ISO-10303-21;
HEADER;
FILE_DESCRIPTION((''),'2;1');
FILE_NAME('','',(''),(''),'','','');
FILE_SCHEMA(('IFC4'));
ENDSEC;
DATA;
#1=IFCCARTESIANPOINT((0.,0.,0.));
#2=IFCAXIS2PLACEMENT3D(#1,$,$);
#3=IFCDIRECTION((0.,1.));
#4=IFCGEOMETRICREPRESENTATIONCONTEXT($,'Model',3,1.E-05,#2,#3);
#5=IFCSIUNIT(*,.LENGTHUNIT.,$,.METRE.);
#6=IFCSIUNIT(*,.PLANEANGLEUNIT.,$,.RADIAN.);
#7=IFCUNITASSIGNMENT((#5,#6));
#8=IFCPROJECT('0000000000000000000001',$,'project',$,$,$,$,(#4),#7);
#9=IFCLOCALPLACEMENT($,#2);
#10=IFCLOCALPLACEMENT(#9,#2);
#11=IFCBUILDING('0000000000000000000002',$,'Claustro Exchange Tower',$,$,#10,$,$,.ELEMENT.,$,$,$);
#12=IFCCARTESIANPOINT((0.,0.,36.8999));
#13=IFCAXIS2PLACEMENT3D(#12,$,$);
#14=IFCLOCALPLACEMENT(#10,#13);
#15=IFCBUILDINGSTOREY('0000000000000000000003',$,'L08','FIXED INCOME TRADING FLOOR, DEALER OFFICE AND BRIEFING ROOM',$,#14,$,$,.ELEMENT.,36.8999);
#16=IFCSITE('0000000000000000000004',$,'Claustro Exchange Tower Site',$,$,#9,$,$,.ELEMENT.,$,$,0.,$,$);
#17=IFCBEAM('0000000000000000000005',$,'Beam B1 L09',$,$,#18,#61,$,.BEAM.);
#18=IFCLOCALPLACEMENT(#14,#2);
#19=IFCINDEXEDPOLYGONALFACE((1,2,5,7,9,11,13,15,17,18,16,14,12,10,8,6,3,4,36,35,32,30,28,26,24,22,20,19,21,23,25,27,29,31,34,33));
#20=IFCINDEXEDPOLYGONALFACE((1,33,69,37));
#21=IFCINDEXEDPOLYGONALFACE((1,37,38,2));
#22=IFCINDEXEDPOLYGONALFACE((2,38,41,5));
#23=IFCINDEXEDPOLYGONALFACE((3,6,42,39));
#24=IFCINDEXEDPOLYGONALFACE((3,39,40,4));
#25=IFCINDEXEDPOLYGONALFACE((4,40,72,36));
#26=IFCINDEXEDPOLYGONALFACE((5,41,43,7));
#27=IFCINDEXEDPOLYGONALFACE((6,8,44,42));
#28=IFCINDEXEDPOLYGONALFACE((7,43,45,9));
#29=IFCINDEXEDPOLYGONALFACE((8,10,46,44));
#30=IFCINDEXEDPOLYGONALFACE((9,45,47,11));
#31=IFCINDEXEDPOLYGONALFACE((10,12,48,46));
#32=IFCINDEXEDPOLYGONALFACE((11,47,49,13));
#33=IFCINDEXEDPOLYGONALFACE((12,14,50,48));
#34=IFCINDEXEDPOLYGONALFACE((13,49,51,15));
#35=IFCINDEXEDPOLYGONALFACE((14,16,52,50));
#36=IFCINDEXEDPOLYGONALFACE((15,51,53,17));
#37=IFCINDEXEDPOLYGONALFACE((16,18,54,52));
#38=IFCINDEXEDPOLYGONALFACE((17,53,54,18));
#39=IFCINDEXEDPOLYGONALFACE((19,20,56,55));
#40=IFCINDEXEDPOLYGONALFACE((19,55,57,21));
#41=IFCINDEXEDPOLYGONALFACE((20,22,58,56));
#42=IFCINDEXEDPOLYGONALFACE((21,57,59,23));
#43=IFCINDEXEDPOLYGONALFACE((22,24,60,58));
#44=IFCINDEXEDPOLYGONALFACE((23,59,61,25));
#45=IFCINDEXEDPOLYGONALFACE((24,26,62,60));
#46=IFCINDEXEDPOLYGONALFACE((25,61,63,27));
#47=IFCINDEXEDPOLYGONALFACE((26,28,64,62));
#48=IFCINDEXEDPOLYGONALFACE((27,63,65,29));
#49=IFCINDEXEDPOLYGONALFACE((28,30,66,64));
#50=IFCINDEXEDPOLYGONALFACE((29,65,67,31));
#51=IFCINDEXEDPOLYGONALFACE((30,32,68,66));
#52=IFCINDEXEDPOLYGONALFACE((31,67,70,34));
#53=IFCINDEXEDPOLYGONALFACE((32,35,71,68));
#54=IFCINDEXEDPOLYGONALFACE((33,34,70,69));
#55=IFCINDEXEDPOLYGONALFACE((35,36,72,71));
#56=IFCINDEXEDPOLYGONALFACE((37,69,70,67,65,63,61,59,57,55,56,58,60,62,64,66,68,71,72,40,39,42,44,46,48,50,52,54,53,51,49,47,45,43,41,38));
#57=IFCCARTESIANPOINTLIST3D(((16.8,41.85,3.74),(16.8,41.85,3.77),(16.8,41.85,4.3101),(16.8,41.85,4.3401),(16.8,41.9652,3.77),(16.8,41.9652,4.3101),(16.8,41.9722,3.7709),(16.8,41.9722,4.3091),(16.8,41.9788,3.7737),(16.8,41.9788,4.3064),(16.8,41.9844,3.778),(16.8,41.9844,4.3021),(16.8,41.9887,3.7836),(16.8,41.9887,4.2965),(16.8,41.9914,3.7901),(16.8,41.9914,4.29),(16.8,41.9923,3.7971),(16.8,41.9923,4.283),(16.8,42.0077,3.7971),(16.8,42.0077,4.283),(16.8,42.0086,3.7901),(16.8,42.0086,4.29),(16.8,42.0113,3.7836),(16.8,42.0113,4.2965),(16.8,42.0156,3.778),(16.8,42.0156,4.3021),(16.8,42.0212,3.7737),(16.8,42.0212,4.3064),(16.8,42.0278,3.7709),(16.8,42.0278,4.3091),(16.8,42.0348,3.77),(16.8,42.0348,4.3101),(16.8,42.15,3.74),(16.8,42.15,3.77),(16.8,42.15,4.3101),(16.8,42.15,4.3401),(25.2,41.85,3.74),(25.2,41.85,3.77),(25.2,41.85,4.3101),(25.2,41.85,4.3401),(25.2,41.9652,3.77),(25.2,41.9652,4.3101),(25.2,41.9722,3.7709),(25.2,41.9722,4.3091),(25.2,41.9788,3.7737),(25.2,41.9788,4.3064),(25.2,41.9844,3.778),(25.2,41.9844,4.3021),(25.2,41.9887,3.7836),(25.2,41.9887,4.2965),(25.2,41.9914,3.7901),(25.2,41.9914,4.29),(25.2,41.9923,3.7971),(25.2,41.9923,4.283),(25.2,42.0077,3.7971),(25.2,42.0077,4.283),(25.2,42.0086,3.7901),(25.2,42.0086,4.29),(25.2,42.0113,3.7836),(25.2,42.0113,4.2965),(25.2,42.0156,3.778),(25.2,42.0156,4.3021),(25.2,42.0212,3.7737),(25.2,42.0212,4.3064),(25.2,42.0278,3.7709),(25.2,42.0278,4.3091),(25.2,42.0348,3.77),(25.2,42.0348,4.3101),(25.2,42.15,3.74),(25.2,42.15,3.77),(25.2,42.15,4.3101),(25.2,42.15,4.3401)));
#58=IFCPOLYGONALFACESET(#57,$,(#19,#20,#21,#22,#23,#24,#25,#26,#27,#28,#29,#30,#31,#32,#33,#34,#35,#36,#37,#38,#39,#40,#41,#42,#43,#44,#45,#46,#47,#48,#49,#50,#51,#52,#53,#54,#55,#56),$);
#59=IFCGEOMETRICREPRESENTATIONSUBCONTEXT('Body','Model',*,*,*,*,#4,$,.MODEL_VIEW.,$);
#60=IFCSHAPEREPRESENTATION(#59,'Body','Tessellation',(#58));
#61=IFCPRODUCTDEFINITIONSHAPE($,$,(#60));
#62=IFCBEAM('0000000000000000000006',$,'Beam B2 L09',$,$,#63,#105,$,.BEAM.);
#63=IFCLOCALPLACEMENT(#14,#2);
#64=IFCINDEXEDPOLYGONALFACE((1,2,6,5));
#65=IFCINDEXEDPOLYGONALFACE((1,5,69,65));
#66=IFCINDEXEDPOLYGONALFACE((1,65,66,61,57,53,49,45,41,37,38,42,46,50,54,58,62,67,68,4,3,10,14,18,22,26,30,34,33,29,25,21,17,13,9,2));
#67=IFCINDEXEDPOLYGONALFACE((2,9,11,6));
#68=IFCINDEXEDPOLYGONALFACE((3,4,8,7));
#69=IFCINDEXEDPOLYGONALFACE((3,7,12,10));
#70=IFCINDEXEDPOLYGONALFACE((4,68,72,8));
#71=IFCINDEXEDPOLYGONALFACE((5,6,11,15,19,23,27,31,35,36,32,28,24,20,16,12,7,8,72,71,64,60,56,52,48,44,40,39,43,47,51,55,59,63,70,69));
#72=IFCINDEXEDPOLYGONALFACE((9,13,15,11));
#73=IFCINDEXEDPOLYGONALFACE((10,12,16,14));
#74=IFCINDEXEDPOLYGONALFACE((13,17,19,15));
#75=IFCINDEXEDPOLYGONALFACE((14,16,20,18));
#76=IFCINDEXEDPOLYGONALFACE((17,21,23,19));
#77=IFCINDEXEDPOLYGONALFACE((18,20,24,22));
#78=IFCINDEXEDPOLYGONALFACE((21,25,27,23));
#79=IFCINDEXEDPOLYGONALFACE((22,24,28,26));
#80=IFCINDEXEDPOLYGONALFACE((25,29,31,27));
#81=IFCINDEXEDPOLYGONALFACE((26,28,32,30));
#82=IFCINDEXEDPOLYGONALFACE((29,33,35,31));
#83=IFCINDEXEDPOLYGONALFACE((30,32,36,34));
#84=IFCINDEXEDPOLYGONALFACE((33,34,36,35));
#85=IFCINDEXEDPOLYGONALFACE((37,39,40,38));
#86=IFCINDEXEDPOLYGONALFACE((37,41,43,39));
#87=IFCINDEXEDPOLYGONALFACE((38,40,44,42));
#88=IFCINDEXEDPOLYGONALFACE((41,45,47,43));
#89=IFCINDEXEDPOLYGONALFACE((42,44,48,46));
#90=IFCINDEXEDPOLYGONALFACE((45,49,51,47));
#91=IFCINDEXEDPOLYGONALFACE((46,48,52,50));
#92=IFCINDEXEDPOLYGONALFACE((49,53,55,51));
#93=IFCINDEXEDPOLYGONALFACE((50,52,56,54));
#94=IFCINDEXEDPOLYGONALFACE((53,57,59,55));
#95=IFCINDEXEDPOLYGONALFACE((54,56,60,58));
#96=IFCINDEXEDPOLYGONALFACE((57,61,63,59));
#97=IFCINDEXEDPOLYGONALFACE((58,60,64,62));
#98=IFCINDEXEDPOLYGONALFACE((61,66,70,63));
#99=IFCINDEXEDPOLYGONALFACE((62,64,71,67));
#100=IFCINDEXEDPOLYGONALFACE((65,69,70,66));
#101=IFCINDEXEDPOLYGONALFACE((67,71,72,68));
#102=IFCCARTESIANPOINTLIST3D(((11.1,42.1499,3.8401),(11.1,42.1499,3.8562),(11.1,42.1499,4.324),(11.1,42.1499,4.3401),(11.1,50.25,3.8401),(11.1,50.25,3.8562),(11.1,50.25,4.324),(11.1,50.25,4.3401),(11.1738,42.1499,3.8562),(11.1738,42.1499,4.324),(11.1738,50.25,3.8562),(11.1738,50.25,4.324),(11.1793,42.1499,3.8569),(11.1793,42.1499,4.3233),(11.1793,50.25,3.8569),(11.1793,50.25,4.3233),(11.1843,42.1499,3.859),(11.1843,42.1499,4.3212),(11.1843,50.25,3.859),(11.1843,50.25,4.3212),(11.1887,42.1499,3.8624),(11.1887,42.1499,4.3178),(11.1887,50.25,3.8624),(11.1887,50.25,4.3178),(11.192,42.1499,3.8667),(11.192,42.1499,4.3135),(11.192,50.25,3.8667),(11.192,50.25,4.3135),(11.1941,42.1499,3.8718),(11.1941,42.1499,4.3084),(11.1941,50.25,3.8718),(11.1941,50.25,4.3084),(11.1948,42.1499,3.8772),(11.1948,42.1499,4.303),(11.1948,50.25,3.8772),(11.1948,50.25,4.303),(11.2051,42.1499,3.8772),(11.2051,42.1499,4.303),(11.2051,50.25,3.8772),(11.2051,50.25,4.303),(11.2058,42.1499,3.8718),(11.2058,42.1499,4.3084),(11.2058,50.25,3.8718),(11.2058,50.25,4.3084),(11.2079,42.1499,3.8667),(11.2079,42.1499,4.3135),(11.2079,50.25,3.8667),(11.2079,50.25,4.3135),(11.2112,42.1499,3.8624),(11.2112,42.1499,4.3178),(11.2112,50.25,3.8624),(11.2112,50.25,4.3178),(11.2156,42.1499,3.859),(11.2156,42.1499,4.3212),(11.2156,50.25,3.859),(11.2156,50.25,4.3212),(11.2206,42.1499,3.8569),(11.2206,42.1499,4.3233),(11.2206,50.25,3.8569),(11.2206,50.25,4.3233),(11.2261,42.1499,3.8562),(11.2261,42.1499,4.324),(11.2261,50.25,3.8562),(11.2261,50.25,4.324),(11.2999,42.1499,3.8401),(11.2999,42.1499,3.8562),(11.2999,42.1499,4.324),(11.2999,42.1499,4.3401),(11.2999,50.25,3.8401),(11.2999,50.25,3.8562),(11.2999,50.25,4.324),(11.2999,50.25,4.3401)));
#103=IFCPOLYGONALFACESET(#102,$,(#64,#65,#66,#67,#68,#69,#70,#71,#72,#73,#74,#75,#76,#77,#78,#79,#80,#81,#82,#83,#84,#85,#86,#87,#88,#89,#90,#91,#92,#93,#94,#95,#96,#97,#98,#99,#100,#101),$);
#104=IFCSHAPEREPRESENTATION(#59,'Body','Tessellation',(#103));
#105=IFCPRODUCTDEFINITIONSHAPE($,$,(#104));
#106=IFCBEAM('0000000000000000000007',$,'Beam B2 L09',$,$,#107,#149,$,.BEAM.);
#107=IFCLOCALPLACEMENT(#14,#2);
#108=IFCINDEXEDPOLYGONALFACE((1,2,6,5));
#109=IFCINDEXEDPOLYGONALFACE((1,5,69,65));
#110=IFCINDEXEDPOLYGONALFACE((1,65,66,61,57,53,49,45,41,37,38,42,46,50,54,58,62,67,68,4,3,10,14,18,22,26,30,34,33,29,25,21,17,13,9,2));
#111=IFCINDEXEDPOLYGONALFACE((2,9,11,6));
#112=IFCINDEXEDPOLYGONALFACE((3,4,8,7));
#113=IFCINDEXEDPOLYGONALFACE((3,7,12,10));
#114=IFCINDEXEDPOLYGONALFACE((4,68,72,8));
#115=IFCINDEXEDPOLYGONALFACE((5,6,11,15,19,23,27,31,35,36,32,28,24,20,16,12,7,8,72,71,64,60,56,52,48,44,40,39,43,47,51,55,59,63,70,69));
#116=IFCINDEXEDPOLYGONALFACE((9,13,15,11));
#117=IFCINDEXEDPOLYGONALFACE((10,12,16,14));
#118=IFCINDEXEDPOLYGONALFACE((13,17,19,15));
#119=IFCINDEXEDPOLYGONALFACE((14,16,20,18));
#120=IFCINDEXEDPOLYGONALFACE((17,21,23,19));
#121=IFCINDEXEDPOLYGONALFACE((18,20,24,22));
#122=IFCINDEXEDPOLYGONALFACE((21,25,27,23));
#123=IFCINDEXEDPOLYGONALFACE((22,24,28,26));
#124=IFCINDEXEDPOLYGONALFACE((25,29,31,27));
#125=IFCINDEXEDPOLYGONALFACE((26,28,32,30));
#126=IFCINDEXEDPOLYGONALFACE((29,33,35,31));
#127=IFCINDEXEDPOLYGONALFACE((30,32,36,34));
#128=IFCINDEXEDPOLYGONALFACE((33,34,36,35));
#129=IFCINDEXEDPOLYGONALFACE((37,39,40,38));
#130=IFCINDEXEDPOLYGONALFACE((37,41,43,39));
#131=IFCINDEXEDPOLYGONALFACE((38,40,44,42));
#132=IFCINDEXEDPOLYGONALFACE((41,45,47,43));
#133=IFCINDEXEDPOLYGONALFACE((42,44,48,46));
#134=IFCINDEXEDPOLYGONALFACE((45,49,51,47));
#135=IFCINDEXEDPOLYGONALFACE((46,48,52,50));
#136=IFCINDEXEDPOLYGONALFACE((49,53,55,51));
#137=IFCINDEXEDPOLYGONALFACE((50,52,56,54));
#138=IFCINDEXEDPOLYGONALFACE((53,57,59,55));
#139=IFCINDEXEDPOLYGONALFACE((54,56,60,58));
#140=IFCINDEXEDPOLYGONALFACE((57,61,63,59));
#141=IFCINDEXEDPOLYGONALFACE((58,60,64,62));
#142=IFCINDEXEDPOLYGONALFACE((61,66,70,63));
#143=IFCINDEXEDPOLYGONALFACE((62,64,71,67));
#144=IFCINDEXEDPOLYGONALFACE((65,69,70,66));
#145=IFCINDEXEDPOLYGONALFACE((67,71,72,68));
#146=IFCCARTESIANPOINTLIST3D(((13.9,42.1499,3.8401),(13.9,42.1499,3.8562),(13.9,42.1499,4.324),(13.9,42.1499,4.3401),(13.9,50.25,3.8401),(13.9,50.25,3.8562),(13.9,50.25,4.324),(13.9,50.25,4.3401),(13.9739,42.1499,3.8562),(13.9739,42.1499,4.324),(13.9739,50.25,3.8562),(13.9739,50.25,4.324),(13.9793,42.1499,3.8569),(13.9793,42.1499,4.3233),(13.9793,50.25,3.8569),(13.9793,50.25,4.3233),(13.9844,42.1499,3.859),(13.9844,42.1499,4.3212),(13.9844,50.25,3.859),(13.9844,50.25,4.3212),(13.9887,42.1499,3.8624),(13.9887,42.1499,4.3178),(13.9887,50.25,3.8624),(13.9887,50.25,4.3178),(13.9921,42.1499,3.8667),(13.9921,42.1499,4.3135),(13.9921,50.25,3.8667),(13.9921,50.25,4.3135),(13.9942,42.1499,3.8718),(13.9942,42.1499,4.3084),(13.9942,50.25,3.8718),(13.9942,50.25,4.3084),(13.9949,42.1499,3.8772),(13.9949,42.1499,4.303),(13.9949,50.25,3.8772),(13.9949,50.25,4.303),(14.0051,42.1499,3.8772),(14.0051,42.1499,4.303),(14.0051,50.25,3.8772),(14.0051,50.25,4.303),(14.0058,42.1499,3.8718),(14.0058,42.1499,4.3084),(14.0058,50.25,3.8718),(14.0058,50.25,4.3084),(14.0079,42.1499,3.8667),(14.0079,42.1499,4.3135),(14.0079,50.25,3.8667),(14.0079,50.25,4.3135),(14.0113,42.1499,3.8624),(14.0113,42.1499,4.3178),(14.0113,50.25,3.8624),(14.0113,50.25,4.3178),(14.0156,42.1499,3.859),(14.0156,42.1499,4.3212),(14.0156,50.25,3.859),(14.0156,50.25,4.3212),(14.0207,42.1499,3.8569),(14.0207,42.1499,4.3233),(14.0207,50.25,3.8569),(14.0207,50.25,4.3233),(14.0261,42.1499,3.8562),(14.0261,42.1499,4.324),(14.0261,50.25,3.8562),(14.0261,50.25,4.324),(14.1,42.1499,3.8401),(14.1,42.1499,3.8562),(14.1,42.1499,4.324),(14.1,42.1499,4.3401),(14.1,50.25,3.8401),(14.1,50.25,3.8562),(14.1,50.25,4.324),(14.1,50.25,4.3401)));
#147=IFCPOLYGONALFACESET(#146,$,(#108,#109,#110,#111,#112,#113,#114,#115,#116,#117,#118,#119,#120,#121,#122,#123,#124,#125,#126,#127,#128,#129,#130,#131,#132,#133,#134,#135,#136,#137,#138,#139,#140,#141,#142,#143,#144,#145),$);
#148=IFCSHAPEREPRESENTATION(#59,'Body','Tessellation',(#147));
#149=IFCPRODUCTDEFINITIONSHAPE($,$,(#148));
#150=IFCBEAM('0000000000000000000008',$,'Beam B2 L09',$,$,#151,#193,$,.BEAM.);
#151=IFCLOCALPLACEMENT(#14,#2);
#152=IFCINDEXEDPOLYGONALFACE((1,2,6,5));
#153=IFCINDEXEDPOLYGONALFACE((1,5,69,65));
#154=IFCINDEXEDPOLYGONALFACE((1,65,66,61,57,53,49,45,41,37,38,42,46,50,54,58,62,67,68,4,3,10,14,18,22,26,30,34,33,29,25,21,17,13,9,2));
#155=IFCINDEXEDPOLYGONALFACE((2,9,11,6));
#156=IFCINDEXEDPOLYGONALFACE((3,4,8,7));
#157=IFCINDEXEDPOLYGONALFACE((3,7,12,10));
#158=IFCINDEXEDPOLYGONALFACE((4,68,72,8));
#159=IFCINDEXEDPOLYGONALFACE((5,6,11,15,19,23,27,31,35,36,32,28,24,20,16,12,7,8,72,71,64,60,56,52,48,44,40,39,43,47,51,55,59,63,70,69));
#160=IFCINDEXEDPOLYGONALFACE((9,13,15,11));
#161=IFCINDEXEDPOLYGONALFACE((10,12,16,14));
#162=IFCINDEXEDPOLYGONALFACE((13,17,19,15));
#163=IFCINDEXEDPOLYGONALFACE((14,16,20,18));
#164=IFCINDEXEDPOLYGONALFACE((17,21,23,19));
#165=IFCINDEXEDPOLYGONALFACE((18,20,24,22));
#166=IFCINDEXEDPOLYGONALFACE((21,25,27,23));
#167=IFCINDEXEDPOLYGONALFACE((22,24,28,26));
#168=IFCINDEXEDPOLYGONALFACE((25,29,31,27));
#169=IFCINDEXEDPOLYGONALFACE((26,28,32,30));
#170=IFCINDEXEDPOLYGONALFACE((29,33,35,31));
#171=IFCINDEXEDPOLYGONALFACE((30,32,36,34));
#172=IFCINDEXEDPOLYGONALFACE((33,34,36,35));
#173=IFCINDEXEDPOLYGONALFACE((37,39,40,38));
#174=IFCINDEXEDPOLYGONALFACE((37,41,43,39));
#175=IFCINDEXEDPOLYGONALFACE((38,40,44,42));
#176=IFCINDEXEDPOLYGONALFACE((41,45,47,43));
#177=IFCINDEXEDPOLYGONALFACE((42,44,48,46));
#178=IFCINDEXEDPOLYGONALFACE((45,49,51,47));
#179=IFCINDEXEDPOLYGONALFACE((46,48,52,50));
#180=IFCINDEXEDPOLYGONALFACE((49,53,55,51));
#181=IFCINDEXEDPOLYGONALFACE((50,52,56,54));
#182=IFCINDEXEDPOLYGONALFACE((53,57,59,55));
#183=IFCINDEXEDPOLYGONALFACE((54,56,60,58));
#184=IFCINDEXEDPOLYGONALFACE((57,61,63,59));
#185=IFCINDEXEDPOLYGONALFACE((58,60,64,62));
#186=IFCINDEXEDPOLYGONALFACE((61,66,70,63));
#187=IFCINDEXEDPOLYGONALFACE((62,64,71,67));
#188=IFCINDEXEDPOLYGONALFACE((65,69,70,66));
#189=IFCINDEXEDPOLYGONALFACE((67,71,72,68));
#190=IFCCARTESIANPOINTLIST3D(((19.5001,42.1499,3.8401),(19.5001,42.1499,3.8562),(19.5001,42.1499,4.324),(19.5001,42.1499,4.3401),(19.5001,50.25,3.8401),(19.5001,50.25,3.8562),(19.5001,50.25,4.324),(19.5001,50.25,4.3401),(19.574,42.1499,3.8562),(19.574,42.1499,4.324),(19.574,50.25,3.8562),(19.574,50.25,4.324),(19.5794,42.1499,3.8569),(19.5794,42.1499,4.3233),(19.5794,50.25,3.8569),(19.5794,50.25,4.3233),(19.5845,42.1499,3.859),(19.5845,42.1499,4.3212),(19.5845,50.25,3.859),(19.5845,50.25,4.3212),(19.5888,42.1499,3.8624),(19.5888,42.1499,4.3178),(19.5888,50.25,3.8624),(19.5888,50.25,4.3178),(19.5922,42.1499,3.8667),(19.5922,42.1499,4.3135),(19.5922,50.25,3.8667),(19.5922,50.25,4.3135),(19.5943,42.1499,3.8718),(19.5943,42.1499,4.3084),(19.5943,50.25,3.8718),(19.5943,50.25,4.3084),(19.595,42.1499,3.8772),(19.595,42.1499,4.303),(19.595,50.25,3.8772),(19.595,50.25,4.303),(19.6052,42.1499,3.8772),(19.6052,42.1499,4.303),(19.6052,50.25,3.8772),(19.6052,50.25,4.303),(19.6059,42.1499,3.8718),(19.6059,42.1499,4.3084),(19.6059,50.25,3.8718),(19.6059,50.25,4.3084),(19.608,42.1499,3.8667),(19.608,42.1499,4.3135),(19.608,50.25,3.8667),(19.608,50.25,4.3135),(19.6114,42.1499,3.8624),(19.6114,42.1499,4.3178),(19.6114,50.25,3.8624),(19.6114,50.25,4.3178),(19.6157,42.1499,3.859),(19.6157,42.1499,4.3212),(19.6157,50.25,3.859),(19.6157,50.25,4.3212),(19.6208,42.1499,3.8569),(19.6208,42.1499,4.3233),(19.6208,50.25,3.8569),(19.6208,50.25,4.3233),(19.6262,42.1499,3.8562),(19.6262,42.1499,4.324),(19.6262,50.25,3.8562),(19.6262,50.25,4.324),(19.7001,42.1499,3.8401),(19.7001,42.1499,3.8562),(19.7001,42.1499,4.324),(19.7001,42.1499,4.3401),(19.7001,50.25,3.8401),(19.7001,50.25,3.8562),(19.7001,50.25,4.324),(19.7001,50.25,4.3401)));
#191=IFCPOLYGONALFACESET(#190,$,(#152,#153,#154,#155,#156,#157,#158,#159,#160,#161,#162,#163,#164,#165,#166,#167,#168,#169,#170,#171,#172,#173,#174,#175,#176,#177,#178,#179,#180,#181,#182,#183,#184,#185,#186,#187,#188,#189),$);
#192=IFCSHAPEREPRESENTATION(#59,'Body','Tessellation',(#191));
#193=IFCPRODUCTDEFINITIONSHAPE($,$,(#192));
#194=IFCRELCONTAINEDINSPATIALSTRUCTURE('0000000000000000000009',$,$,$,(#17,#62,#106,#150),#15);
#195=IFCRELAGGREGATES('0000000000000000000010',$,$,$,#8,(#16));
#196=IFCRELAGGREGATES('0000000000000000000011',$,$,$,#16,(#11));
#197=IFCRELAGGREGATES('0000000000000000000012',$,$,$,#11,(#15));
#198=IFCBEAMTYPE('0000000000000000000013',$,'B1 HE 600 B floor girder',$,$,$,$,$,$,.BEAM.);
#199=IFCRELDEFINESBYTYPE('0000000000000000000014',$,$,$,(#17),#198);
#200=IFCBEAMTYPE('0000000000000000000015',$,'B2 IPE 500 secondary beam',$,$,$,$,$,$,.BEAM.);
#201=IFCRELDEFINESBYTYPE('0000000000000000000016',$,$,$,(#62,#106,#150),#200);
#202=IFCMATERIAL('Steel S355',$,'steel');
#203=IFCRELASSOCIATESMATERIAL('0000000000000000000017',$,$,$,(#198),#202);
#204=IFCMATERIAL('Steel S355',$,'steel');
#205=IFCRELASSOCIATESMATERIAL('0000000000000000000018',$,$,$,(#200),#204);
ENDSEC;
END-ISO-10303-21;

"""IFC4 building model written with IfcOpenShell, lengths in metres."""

from ifc_helpers import new_model, si_unit, direction, frame, origin, origin_2d, place, context, subcontext, project, spatial, i_section, extrude, material, material_profile, profile_set, type_object, element, save


model = new_model("IFC4")

# Units and contexts
model_context = context("Model", 3, precision=1e-05, world=origin(), true_north=direction((0.0, 1.0)))
body_context = subcontext(model_context, "Body", "Model", "MODEL_VIEW")
ifc_project = project(units=[si_unit("LENGTHUNIT", "METRE"), si_unit("PLANEANGLEUNIT", "RADIAN")], contexts=[model_context])

# Site, building, storey
site_placement = place(None, origin())
site = spatial("IfcSite", under=ifc_project, at=site_placement, Name="Claustro Exchange Tower Site", CompositionType="ELEMENT", RefElevation=0.0)
building_placement = place(site_placement, origin())
building = spatial("IfcBuilding", under=site, at=building_placement, Name="Claustro Exchange Tower", CompositionType="ELEMENT")
storey_placement = place(building_placement, frame((0.0, 0.0, 36.8999)))
storey = spatial("IfcBuildingStorey", under=building, at=storey_placement, Name="L08", Description="FIXED INCOME TRADING FLOOR, DEALER OFFICE AND BRIEFING ROOM", CompositionType="ELEMENT", Elevation=36.8999)

# Beams
ifc_material_1 = material(Name="Steel S355", Category="steel")
ifc_material_profile_1 = material_profile(ifc_material_1, i_section(OverallWidth=0.3, OverallDepth=0.6001, WebThickness=0.0154, FlangeThickness=0.03, FilletRadius=0.0271, at=origin_2d()), Name="HE 600 B")
ifc_profile_set_1 = profile_set([ifc_material_profile_1], Name="Steel S355")
beam_type_1 = type_object("IfcBeamType", Name="B1 HE 600 B floor girder", PredefinedType="BEAM", material=ifc_profile_set_1)
beam_1_placement = place(storey_placement, frame((16.8, 42.0, 4.04), z_axis=(1.0, 0.0, 0.0), x_axis=(0.0, 1.0, 0.0)))
element("IfcBeam", 1, at=beam_1_placement, inside=storey, type_object=beam_type_1, Name="Beam B1 L09", PredefinedType="BEAM", context=body_context, shape_type="SweptSolid", body=[
    extrude(i_section(OverallWidth=0.3, OverallDepth=0.6001, WebThickness=0.0154, FlangeThickness=0.03, FilletRadius=0.0271, at=origin_2d()), origin(), (0.0, 0.0, 1.0), 8.3999),
])
ifc_material_2 = material(Name="Steel S355", Category="steel")
ifc_material_profile_2 = material_profile(ifc_material_2, i_section(OverallWidth=0.2, OverallDepth=0.5, WebThickness=0.0103, FlangeThickness=0.0161, FilletRadius=0.021, at=origin_2d()), Name="IPE 500")
ifc_profile_set_2 = profile_set([ifc_material_profile_2], Name="Steel S355")
beam_type_2 = type_object("IfcBeamType", Name="B2 IPE 500 secondary beam", PredefinedType="BEAM", material=ifc_profile_set_2)
for number, where, z_axis, x_axis, name in (
    (2, (11.2, 42.1499, 4.0901), (0.0, 1.0, 0.0), (-1.0, 0.0, 0.0), "Beam B2 L09"),
    (3, (14.0, 42.1499, 4.0901), (0.0, 1.0, 0.0), (-1.0, 0.0, 0.0), "Beam B2 L09"),
    (4, (19.6001, 42.1499, 4.0901), (0.0, 1.0, 0.0), (-1.0, 0.0, 0.0), "Beam B2 L09"),
):
    element("IfcBeam", number, at=place(storey_placement, frame(where, z_axis=z_axis, x_axis=x_axis)), inside=storey, type_object=beam_type_2, Name=name, PredefinedType="BEAM", context=body_context, shape_type="SweptSolid", body=[
        extrude(i_section(OverallWidth=0.2, OverallDepth=0.5, WebThickness=0.0103, FlangeThickness=0.0161, FilletRadius=0.021, at=origin_2d()), origin(), (0.0, 0.0, 1.0), 8.1001),
    ])

save(model, "model.ifc")
